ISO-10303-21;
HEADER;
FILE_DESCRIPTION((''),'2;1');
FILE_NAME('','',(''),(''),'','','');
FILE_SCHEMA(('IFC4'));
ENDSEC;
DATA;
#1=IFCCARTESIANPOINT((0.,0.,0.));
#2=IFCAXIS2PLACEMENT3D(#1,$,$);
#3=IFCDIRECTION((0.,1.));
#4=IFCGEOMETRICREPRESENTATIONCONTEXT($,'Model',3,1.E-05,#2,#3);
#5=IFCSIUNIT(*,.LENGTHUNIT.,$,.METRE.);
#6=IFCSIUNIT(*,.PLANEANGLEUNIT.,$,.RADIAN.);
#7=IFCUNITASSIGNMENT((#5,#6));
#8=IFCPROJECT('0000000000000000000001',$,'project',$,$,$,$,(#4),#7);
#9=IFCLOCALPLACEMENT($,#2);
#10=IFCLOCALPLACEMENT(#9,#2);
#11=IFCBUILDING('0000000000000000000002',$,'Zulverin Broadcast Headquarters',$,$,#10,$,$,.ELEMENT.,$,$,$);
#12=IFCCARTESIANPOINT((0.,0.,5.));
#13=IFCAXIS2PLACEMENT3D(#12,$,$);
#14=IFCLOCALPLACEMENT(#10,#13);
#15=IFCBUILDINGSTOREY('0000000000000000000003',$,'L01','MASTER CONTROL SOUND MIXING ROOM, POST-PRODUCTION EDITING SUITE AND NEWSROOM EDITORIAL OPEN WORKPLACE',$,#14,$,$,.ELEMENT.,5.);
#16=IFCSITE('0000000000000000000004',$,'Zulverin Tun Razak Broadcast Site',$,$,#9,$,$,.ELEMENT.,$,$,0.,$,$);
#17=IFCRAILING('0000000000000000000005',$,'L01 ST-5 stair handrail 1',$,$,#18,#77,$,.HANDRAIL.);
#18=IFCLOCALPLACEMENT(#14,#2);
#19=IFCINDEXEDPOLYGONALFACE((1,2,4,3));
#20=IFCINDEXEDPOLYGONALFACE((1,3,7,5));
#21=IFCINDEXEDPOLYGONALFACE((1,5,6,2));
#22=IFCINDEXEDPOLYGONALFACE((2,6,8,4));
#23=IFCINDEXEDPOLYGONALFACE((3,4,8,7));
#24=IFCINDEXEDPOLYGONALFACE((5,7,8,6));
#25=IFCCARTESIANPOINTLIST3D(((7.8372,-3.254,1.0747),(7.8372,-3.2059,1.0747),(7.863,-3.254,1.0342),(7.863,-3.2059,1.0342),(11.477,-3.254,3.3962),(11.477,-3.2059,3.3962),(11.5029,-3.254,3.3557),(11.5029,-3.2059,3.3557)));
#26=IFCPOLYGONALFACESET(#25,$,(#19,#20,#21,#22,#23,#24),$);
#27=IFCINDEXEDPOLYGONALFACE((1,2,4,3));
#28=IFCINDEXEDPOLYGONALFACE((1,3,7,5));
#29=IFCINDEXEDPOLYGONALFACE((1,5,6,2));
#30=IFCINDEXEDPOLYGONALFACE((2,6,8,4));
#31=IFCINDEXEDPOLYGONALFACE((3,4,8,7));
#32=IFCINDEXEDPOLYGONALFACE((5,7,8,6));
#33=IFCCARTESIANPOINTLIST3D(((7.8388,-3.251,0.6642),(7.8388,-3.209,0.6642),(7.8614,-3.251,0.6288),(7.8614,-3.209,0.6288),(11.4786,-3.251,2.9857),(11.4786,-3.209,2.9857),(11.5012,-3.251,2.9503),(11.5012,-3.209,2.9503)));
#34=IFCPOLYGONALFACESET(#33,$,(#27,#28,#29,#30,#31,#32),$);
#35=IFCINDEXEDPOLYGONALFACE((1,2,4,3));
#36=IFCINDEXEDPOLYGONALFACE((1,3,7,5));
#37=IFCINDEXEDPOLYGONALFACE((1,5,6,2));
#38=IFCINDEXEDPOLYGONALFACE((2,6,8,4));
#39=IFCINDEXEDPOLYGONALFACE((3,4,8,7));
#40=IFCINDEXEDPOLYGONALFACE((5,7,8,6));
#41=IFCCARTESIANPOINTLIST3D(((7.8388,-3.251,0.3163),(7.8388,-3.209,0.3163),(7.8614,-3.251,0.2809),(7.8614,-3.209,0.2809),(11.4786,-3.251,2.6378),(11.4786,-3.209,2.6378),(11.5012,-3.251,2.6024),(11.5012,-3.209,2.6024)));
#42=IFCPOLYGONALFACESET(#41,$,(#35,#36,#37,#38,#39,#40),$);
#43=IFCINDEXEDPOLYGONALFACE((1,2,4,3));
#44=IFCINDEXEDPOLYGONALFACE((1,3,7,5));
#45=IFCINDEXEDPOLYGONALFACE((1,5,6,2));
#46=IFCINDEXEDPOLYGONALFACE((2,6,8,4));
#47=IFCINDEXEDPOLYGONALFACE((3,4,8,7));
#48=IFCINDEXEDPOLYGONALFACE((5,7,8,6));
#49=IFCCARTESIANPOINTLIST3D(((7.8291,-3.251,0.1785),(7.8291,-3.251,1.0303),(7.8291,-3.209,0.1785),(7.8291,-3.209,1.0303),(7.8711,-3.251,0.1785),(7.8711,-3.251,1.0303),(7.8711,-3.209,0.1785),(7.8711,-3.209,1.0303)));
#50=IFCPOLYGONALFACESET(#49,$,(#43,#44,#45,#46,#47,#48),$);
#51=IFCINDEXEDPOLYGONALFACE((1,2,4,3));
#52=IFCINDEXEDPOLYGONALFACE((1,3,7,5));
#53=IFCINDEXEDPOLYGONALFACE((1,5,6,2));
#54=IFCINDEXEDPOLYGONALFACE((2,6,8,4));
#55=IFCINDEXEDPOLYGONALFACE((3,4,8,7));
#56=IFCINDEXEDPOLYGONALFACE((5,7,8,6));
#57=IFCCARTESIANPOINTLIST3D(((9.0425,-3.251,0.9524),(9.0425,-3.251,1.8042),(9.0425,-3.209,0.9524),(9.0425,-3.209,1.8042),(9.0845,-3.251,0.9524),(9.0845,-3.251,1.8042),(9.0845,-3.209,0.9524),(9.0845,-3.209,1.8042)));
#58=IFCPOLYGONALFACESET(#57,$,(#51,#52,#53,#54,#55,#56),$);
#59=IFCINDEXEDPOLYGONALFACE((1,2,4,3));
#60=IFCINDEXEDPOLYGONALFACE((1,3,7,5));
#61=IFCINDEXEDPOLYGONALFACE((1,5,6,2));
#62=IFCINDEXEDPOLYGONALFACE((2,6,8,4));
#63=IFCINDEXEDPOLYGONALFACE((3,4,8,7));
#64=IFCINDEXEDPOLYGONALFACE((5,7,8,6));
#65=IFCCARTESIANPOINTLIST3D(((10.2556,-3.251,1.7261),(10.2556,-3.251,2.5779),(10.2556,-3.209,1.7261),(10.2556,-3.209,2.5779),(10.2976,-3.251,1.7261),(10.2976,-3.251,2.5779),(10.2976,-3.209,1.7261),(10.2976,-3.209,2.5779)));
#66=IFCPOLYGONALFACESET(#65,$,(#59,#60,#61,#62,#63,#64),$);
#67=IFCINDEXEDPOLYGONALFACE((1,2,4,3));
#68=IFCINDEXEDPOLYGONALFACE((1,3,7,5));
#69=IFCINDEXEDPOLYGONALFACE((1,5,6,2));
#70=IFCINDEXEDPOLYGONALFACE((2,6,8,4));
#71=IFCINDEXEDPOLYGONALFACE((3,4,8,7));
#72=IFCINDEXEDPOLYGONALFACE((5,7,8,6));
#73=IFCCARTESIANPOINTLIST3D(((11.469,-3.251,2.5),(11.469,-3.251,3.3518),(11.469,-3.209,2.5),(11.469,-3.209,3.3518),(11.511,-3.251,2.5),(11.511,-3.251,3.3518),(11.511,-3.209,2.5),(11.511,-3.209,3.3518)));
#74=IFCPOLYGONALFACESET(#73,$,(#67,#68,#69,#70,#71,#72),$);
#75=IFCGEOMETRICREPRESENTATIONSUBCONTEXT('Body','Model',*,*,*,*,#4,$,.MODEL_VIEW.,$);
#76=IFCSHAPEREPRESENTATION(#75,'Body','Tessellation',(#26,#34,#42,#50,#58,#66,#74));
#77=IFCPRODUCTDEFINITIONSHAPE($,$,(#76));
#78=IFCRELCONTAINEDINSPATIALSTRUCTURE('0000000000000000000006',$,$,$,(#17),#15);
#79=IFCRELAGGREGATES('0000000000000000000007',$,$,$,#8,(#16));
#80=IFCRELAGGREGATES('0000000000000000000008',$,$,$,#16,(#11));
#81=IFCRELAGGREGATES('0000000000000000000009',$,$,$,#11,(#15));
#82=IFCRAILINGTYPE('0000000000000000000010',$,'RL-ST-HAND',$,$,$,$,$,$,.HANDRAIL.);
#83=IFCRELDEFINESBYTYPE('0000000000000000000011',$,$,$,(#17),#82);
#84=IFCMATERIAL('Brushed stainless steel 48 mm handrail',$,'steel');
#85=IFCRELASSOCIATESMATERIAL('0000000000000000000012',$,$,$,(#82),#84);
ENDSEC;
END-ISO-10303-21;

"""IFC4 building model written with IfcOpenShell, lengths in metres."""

from ifc_helpers import new_model, si_unit, direction, frame, origin, origin_2d, place, context, subcontext, project, spatial, rectangle, extrude, material, type_object, element, save


model = new_model("IFC4")

# Units and contexts
model_context = context("Model", 3, precision=1e-05, world=origin(), true_north=direction((0.0, 1.0)))
body_context = subcontext(model_context, "Body", "Model", "MODEL_VIEW")
ifc_project = project(units=[si_unit("LENGTHUNIT", "METRE"), si_unit("PLANEANGLEUNIT", "RADIAN")], contexts=[model_context])

# Site, building, storey
site_placement = place(None, origin())
site = spatial("IfcSite", under=ifc_project, at=site_placement, Name="Zulverin Tun Razak Broadcast Site", CompositionType="ELEMENT", RefElevation=0.0)
building_placement = place(site_placement, origin())
building = spatial("IfcBuilding", under=site, at=building_placement, Name="Zulverin Broadcast Headquarters", CompositionType="ELEMENT")
storey_placement = place(building_placement, frame((0.0, 0.0, 5.0)))
storey = spatial("IfcBuildingStorey", under=building, at=storey_placement, Name="L01", Description="MASTER CONTROL SOUND MIXING ROOM, POST-PRODUCTION EDITING SUITE AND NEWSROOM EDITORIAL OPEN WORKPLACE", CompositionType="ELEMENT", Elevation=5.0)

# Railing
ifc_material_1 = material(Name="Brushed stainless steel 48 mm handrail", Category="steel")
railing_type_1 = type_object("IfcRailingType", Name="RL-ST-HAND", PredefinedType="HANDRAIL", material=ifc_material_1)
railing_1_placement = place(storey_placement, frame((7.8501, -3.23, 0.1785)))
element("IfcRailing", 1, at=railing_1_placement, inside=storey, type_object=railing_type_1, Name="L01 ST-5 stair handrail 1", PredefinedType="HANDRAIL", context=body_context, shape_type="SweptSolid", body=[
    extrude(rectangle(XDim=0.0481, YDim=0.0481, at=origin_2d()), frame((0.0, 0.0, 0.876), z_axis=(0.843112, 0.0, 0.537739), x_axis=(0.0, 1.0, 0.0)), (0.0, 0.0, 1.0), 4.3171),
    extrude(rectangle(XDim=0.042, YDim=0.042, at=origin_2d()), frame((0.0, 0.0, 0.468), z_axis=(0.843112, 0.0, 0.537739), x_axis=(0.0, 1.0, 0.0)), (0.0, 0.0, 1.0), 4.3171),
    extrude(rectangle(XDim=0.042, YDim=0.042, at=origin_2d()), frame((0.0, 0.0, 0.1201), z_axis=(0.843112, 0.0, 0.537739), x_axis=(0.0, 1.0, 0.0)), (0.0, 0.0, 1.0), 4.3171),
    extrude(rectangle(XDim=0.042, YDim=0.042, at=origin_2d()), origin(), (0.0, 0.0, 1.0), 0.8518),
    extrude(rectangle(XDim=0.042, YDim=0.042, at=origin_2d()), frame((1.2134, 0.0, 0.7739)), (0.0, 0.0, 1.0), 0.8518),
    extrude(rectangle(XDim=0.042, YDim=0.042, at=origin_2d()), frame((2.4265, 0.0, 1.5476)), (0.0, 0.0, 1.0), 0.8518),
    extrude(rectangle(XDim=0.042, YDim=0.042, at=origin_2d()), frame((3.6399, 0.0, 2.3215)), (0.0, 0.0, 1.0), 0.8518),
])

save(model, "model.ifc")
